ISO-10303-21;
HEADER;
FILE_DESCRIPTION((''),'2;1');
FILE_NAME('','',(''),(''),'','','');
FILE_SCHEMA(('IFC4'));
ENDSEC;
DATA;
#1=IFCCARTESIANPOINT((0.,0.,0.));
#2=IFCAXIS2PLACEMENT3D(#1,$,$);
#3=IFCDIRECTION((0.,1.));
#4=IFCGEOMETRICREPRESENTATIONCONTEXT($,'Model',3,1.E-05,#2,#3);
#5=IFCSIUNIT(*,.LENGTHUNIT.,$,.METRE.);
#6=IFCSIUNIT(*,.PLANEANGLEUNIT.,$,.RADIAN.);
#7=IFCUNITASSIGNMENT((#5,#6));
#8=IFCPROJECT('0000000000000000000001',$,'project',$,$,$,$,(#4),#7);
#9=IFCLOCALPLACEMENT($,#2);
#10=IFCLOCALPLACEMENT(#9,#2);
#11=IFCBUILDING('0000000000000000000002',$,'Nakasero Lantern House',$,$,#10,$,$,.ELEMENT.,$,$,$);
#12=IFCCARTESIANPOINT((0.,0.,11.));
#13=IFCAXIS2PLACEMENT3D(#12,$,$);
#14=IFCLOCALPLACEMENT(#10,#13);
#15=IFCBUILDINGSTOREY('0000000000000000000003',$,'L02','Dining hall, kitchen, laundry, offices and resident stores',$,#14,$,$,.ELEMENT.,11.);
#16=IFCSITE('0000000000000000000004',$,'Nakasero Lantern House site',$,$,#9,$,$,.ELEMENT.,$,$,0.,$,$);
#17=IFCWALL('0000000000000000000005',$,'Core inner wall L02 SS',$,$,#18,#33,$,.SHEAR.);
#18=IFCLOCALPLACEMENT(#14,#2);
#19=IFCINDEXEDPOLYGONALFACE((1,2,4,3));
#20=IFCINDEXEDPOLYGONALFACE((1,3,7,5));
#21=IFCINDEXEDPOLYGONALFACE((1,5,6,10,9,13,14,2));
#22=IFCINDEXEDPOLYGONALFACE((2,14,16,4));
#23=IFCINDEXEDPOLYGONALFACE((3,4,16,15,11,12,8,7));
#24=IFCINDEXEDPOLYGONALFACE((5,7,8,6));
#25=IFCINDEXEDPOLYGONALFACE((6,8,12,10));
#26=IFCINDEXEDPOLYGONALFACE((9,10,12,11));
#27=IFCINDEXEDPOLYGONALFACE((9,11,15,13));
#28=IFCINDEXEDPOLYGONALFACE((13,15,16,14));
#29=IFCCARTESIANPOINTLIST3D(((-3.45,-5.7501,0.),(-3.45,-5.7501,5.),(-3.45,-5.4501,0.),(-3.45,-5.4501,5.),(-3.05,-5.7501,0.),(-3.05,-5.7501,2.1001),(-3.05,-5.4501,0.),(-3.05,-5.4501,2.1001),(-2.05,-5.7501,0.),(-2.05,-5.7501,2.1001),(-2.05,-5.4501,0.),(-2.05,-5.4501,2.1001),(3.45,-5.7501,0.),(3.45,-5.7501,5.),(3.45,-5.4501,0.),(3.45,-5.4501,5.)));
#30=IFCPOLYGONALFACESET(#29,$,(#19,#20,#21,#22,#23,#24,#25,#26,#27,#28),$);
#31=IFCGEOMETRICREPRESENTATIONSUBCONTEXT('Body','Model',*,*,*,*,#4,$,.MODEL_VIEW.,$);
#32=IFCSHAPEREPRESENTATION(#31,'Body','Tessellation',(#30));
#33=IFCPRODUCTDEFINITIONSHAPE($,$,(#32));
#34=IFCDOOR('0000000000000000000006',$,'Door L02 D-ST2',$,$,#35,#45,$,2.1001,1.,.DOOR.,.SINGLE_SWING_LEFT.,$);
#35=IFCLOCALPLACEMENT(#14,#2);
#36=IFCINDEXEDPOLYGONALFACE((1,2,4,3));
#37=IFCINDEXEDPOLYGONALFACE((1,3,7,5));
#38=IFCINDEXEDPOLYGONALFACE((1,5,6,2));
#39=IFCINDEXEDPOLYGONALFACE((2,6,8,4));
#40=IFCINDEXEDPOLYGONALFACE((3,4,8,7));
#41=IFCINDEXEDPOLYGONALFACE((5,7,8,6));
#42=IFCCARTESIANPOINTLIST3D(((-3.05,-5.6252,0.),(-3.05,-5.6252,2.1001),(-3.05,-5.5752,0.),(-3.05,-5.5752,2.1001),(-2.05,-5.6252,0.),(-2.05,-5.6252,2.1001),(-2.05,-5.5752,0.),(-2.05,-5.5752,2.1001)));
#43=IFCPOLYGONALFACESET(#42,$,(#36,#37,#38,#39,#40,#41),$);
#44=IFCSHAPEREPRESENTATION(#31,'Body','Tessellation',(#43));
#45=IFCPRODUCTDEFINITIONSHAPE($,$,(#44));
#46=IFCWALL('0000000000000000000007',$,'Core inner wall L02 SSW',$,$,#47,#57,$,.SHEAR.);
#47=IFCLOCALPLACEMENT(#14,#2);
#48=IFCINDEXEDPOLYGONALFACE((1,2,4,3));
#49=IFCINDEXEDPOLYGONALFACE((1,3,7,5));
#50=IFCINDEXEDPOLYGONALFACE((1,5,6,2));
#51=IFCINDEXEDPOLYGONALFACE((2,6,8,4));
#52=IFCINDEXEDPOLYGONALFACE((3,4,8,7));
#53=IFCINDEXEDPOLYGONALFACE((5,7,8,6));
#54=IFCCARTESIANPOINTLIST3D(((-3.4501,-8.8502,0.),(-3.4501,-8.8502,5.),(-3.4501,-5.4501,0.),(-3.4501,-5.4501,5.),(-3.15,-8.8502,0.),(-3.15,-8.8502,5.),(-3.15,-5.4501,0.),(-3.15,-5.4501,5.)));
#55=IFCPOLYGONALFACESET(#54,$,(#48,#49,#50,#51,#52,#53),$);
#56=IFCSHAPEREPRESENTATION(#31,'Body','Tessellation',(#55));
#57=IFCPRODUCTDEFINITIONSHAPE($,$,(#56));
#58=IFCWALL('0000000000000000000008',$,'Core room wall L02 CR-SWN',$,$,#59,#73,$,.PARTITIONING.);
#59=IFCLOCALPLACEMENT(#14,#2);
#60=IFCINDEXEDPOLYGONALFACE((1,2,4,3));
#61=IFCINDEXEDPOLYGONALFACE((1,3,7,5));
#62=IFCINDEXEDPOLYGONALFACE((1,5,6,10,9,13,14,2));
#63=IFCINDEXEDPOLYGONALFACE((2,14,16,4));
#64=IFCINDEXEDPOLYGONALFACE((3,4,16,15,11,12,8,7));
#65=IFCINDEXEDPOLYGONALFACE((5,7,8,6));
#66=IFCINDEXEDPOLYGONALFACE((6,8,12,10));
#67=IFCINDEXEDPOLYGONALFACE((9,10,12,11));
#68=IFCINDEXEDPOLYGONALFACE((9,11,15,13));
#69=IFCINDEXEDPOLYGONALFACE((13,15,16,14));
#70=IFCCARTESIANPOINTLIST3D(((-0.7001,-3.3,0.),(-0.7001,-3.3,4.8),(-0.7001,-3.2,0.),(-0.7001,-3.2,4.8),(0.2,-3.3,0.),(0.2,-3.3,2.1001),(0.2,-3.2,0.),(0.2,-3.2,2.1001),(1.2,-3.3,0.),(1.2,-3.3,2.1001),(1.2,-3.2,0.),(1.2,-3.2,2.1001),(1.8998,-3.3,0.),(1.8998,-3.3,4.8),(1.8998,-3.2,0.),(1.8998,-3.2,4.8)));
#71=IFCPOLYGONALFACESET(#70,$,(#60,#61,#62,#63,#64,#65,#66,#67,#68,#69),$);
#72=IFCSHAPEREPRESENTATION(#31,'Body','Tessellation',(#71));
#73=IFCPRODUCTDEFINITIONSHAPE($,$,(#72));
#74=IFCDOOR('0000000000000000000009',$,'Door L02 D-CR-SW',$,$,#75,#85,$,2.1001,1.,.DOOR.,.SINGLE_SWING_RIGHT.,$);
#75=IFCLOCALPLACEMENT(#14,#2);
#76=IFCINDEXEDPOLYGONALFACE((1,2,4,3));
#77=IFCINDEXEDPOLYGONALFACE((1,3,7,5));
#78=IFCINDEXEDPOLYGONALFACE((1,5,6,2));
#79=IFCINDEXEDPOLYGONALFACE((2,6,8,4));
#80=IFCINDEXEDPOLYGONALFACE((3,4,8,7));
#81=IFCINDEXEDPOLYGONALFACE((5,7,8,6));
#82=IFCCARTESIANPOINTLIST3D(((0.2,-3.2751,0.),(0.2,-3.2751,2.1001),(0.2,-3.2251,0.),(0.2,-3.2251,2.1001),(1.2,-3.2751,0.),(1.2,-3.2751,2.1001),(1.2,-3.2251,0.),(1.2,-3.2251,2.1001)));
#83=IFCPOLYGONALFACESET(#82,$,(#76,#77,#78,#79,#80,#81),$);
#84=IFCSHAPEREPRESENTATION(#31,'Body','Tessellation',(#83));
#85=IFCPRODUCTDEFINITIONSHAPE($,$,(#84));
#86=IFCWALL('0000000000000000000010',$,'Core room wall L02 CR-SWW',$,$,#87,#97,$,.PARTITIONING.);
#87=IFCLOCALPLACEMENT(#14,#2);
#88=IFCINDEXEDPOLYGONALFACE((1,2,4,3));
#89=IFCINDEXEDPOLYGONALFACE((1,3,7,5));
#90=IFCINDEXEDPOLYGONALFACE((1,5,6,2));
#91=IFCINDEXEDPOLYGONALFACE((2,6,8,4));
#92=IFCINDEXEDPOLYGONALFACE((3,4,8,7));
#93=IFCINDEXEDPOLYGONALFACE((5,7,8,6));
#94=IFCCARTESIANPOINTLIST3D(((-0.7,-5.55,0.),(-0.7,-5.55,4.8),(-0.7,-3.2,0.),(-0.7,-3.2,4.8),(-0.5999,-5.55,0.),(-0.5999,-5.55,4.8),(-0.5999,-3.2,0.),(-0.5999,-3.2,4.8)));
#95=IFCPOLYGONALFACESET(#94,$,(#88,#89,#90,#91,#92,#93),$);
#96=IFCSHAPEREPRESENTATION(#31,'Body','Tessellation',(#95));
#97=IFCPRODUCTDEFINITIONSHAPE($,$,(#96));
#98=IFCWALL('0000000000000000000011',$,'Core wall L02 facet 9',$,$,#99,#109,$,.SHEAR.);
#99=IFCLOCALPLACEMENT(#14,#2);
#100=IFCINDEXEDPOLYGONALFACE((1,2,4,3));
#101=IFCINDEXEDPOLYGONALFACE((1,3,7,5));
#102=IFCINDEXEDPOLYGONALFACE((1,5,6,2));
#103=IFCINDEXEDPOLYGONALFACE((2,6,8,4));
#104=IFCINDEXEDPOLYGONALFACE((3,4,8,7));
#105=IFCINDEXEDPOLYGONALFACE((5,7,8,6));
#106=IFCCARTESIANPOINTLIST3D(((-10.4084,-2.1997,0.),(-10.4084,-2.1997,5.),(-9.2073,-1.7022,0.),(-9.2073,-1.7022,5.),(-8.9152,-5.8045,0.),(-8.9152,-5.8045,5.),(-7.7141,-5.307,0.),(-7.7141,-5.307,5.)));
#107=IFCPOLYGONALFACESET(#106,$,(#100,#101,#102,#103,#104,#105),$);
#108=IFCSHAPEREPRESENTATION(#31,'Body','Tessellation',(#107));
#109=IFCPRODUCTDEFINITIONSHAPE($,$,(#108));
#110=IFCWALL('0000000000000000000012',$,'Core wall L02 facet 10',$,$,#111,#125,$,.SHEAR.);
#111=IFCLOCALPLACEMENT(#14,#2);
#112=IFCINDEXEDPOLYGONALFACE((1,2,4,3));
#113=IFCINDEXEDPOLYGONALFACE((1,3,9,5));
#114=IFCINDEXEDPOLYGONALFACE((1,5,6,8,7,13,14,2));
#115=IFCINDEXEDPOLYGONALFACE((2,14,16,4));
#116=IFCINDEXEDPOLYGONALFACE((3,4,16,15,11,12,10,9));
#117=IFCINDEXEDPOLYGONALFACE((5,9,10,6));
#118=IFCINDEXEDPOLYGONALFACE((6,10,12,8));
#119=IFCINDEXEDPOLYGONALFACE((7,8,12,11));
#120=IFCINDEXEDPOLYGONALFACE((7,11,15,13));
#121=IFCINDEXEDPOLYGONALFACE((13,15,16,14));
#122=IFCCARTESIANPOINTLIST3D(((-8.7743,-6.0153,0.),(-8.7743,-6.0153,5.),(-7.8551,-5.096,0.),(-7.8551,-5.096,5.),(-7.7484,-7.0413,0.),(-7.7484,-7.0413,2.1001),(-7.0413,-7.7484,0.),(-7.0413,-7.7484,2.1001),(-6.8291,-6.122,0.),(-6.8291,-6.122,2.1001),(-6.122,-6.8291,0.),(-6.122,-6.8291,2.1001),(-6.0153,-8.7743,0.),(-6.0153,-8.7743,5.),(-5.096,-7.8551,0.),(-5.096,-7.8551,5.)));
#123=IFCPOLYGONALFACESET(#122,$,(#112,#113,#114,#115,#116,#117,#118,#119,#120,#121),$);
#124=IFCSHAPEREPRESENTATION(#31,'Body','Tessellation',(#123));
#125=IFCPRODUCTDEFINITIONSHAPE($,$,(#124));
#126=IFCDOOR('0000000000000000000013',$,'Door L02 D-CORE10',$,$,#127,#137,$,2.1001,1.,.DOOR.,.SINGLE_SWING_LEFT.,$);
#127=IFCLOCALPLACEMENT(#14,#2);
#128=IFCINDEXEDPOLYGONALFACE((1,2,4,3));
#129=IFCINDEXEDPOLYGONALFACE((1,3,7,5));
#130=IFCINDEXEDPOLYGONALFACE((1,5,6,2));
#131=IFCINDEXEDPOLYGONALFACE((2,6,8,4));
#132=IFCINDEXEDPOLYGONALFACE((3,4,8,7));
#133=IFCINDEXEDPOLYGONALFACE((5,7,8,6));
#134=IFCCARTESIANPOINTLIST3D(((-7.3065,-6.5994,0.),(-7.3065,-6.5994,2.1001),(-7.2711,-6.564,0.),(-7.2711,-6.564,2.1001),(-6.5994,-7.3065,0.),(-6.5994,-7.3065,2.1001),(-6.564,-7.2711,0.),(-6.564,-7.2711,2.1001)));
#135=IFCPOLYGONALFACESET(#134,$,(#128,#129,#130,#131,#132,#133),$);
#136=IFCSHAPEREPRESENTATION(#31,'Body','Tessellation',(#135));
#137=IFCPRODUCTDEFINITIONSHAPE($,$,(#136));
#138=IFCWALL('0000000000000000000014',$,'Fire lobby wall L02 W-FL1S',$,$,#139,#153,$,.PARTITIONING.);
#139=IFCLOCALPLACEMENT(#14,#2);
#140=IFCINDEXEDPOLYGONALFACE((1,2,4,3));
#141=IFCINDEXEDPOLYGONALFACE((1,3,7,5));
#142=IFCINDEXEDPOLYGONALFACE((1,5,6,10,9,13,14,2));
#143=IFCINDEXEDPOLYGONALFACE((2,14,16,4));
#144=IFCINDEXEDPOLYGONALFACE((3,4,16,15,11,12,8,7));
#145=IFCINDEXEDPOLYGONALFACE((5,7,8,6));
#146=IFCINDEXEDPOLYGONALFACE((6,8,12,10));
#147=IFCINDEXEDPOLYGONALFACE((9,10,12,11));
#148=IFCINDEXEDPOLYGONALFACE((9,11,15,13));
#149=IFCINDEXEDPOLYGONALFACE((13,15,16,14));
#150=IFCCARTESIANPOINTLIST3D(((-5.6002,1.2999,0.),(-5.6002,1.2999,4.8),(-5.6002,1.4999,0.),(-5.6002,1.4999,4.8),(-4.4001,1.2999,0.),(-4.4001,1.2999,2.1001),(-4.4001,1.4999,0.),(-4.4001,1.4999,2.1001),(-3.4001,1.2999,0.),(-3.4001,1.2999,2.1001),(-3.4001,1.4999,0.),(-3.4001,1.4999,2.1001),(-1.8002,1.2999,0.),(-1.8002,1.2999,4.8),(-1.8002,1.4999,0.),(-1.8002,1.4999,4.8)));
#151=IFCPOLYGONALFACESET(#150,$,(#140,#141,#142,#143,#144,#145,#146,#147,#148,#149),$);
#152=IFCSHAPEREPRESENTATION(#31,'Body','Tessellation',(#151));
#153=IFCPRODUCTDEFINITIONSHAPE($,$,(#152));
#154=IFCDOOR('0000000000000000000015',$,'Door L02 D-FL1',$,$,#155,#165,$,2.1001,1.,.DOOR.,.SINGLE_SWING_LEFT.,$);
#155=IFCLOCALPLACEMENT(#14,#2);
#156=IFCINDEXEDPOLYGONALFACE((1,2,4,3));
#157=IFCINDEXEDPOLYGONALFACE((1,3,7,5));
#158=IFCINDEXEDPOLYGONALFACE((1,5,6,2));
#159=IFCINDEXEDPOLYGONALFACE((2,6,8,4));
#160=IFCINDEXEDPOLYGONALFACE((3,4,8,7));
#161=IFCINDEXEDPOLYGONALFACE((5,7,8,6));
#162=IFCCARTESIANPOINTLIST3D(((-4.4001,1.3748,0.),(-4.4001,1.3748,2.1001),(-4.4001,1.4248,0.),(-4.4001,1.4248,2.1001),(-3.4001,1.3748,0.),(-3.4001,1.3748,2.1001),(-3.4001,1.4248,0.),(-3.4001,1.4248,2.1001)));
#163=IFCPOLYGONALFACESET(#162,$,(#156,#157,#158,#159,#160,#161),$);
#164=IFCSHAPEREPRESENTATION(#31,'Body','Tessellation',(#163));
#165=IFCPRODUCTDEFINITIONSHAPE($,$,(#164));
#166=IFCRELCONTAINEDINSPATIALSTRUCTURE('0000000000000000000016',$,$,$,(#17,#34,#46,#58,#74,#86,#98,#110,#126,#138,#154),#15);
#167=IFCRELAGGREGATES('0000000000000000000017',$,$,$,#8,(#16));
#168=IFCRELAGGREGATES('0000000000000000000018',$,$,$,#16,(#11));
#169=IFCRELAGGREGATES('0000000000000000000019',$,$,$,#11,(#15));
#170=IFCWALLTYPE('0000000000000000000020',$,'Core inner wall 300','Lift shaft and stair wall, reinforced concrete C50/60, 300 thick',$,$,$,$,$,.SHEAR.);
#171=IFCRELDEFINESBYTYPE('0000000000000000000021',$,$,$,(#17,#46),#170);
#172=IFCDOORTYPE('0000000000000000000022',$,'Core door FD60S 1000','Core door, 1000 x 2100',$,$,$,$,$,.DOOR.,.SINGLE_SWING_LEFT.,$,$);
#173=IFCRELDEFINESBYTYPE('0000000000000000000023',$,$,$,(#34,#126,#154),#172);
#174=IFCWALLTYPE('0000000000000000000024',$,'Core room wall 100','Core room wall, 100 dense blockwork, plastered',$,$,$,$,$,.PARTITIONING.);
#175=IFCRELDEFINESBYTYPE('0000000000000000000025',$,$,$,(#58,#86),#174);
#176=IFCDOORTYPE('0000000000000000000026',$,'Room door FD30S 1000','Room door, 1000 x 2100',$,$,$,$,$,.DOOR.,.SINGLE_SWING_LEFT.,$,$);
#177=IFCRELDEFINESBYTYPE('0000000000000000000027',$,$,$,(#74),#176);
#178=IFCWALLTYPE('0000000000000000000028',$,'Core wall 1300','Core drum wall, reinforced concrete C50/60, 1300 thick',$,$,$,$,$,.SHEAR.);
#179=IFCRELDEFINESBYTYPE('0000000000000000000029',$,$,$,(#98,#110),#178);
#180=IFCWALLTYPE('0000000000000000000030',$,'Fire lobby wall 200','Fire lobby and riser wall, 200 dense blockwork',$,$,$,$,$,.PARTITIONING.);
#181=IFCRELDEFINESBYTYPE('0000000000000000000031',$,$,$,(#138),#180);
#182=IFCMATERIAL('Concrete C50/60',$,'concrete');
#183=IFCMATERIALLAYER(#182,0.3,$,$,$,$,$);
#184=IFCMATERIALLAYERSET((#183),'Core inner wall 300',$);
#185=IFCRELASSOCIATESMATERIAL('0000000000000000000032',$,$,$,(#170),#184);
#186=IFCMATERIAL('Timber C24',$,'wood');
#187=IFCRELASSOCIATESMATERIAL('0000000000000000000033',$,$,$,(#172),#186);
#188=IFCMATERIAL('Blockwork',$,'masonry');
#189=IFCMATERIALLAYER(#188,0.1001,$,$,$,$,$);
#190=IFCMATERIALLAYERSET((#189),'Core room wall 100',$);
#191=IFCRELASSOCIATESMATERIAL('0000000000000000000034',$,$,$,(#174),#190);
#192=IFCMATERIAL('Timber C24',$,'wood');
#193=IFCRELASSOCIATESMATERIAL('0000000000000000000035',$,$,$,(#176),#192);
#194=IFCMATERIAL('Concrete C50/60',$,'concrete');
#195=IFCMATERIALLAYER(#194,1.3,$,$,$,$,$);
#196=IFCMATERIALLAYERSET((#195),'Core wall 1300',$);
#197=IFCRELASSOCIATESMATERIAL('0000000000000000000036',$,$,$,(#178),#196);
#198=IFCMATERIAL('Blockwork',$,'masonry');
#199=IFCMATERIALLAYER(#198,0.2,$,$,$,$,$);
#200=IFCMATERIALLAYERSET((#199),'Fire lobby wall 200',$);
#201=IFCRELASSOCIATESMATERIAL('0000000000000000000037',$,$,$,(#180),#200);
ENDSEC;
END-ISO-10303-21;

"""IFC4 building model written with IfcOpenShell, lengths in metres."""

from ifc_helpers import new_model, si_unit, direction, frame, frame_2d, origin, place, context, subcontext, project, spatial, rectangle, extrude, material, layer, layer_set, type_object, element, fill, save


model = new_model("IFC4")

# Units and contexts
model_context = context("Model", 3, precision=1e-05, world=origin(), true_north=direction((0.0, 1.0)))
body_context = subcontext(model_context, "Body", "Model", "MODEL_VIEW")
ifc_project = project(units=[si_unit("LENGTHUNIT", "METRE"), si_unit("PLANEANGLEUNIT", "RADIAN")], contexts=[model_context])

# Site, building, storey
site_placement = place(None, origin())
site = spatial("IfcSite", under=ifc_project, at=site_placement, Name="Nakasero Lantern House site", CompositionType="ELEMENT", RefElevation=0.0)
building_placement = place(site_placement, origin())
building = spatial("IfcBuilding", under=site, at=building_placement, Name="Nakasero Lantern House", CompositionType="ELEMENT")
storey_placement = place(building_placement, frame((0.0, 0.0, 11.0)))
storey = spatial("IfcBuildingStorey", under=building, at=storey_placement, Name="L02", Description="Dining hall, kitchen, laundry, offices and resident stores", CompositionType="ELEMENT", Elevation=11.0)

# Shared definitions
ifc_material_1 = material(Name="Concrete C50/60", Category="concrete")
ifc_layer_1 = layer(ifc_material_1, 0.3)
ifc_layer_set_1 = layer_set([ifc_layer_1], Name="Core inner wall 300")
wall_type_1 = type_object("IfcWallType", Name="Core inner wall 300", Description="Lift shaft and stair wall, reinforced concrete C50/60, 300 thick", PredefinedType="SHEAR", material=ifc_layer_set_1)

# Wall, opening, door
wall_1_placement = place(storey_placement, frame((-3.45, -5.6001, 0.0), z_axis=(0.0, 0.0, 1.0), x_axis=(1.0, 0.0, 0.0)))
wall_1 = element("IfcWall", 1, at=wall_1_placement, inside=storey, type_object=wall_type_1, Name="Core inner wall L02 SS", PredefinedType="SHEAR", context=body_context, shape_type="SweptSolid", body=[
    extrude(rectangle(XDim=6.8999, YDim=0.3, at=frame_2d((3.45, 0.0))), origin(), (0.0, 0.0, 1.0), 5.0),
])
opening_1_placement = place(wall_1_placement, frame((0.3999, 0.0, 0.0)))
opening_1 = element("IfcOpeningElement", 2, at=opening_1_placement, cuts=wall_1, PredefinedType="OPENING", context=body_context, shape_type="SweptSolid", body=[
    extrude(rectangle(XDim=1.0, YDim=2.1001, at=frame_2d((0.5, 1.05))), frame((0.0, 0.1699, 0.0), z_axis=(0.0, -1.0, 0.0), x_axis=(1.0, 0.0, 0.0)), (0.0, 0.0, 1.0), 0.3401),
])
ifc_material_2 = material(Name="Timber C24", Category="wood")
door_type_1 = type_object("IfcDoorType", Name="Core door FD60S 1000", Description="Core door, 1000 x 2100", OperationType="SINGLE_SWING_LEFT", PredefinedType="DOOR", material=ifc_material_2)
door_1_placement = place(opening_1_placement, origin())
door_1 = element("IfcDoor", 3, at=door_1_placement, inside=storey, type_object=door_type_1, Name="Door L02 D-ST2", OperationType="SINGLE_SWING_LEFT", OverallHeight=2.1001, OverallWidth=1.0, PredefinedType="DOOR", context=body_context, shape_type="SweptSolid", body=[
    extrude(rectangle(XDim=1.0, YDim=2.1001, at=frame_2d((0.5, 1.05))), frame((0.0, 0.0249, 0.0), z_axis=(0.0, -1.0, 0.0), x_axis=(1.0, 0.0, 0.0)), (0.0, 0.0, 1.0), 0.05),
])
fill(opening_1, door_1)

# Wall
wall_2_placement = place(storey_placement, frame((-3.3, -5.45, 0.0), z_axis=(0.0, 0.0, 1.0), x_axis=(0.0, -1.0, 0.0)))
element("IfcWall", 4, at=wall_2_placement, inside=storey, type_object=wall_type_1, Name="Core inner wall L02 SSW", PredefinedType="SHEAR", context=body_context, shape_type="SweptSolid", body=[
    extrude(rectangle(XDim=3.4001, YDim=0.3, at=frame_2d((1.7002, 0.0))), origin(), (0.0, 0.0, 1.0), 5.0),
])

# Wall, opening, door
ifc_material_3 = material(Name="Blockwork", Category="masonry")
ifc_layer_2 = layer(ifc_material_3, 0.1001)
ifc_layer_set_2 = layer_set([ifc_layer_2], Name="Core room wall 100")
wall_type_2 = type_object("IfcWallType", Name="Core room wall 100", Description="Core room wall, 100 dense blockwork, plastered", PredefinedType="PARTITIONING", material=ifc_layer_set_2)
wall_3_placement = place(storey_placement, frame((-0.7, -3.25, 0.0), z_axis=(0.0, 0.0, 1.0), x_axis=(1.0, 0.0, 0.0)))
wall_3 = element("IfcWall", 5, at=wall_3_placement, inside=storey, type_object=wall_type_2, Name="Core room wall L02 CR-SWN", PredefinedType="PARTITIONING", context=body_context, shape_type="SweptSolid", body=[
    extrude(rectangle(XDim=2.5999, YDim=0.1001, at=frame_2d((1.2998, 0.0))), origin(), (0.0, 0.0, 1.0), 4.8),
])
opening_2_placement = place(wall_3_placement, frame((0.8999, 0.0, 0.0)))
opening_2 = element("IfcOpeningElement", 6, at=opening_2_placement, cuts=wall_3, PredefinedType="OPENING", context=body_context, shape_type="SweptSolid", body=[
    extrude(rectangle(XDim=1.0, YDim=2.1001, at=frame_2d((0.5, 1.05))), frame((0.0, 0.0701, 0.0), z_axis=(0.0, -1.0, 0.0), x_axis=(1.0, 0.0, 0.0)), (0.0, 0.0, 1.0), 0.1401),
])
ifc_material_4 = material(Name="Timber C24", Category="wood")
door_type_2 = type_object("IfcDoorType", Name="Room door FD30S 1000", Description="Room door, 1000 x 2100", OperationType="SINGLE_SWING_LEFT", PredefinedType="DOOR", material=ifc_material_4)
door_2_placement = place(opening_2_placement, origin())
door_2 = element("IfcDoor", 7, at=door_2_placement, inside=storey, type_object=door_type_2, Name="Door L02 D-CR-SW", OperationType="SINGLE_SWING_RIGHT", OverallHeight=2.1001, OverallWidth=1.0, PredefinedType="DOOR", context=body_context, shape_type="SweptSolid", body=[
    extrude(rectangle(XDim=1.0, YDim=2.1001, at=frame_2d((0.5, 1.05))), frame((0.0, 0.0249, 0.0), z_axis=(0.0, -1.0, 0.0), x_axis=(1.0, 0.0, 0.0)), (0.0, 0.0, 1.0), 0.05),
])
fill(opening_2, door_2)

# Walls
wall_4_placement = place(storey_placement, frame((-0.6499, -5.55, 0.0), z_axis=(0.0, 0.0, 1.0), x_axis=(0.0, 1.0, 0.0)))
element("IfcWall", 8, at=wall_4_placement, inside=storey, type_object=wall_type_2, Name="Core room wall L02 CR-SWW", PredefinedType="PARTITIONING", context=body_context, shape_type="SweptSolid", body=[
    extrude(rectangle(XDim=2.3501, YDim=0.1001, at=frame_2d((1.175, 0.0))), origin(), (0.0, 0.0, 1.0), 4.8),
])
ifc_material_5 = material(Name="Concrete C50/60", Category="concrete")
ifc_layer_3 = layer(ifc_material_5, 1.3)
ifc_layer_set_3 = layer_set([ifc_layer_3], Name="Core wall 1300")
wall_type_3 = type_object("IfcWallType", Name="Core wall 1300", Description="Core drum wall, reinforced concrete C50/60, 1300 thick", PredefinedType="SHEAR", material=ifc_layer_set_3)
wall_5_placement = place(storey_placement, frame((-9.8079, -1.9509, 0.0), z_axis=(0.0, 0.0, 1.0), x_axis=(0.382691, -0.923877, 0.0)))
element("IfcWall", 9, at=wall_5_placement, inside=storey, type_object=wall_type_3, Name="Core wall L02 facet 9", PredefinedType="SHEAR", context=body_context, shape_type="SweptSolid", body=[
    extrude(rectangle(XDim=3.9019, YDim=1.3, at=frame_2d((1.9509, 0.0))), origin(), (0.0, 0.0, 1.0), 5.0),
])

# Walls, openings, doors
wall_6_placement = place(storey_placement, frame((-8.3147, -5.5557, 0.0), z_axis=(0.0, 0.0, 1.0), x_axis=(0.707107, -0.707107, 0.0)))
wall_6 = element("IfcWall", 10, at=wall_6_placement, inside=storey, type_object=wall_type_3, Name="Core wall L02 facet 10", PredefinedType="SHEAR", context=body_context, shape_type="SweptSolid", body=[
    extrude(rectangle(XDim=3.9019, YDim=1.3, at=frame_2d((1.9509, 0.0))), origin(), (0.0, 0.0, 1.0), 5.0),
])
opening_3_placement = place(wall_6_placement, frame((1.4509, 0.0, 0.0)))
opening_3 = element("IfcOpeningElement", 11, at=opening_3_placement, cuts=wall_6, PredefinedType="OPENING", context=body_context, shape_type="SweptSolid", body=[
    extrude(rectangle(XDim=1.0, YDim=2.1001, at=frame_2d((0.5, 1.05))), frame((0.0, 0.6699, 0.0), z_axis=(0.0, -1.0, 0.0), x_axis=(1.0, 0.0, 0.0)), (0.0, 0.0, 1.0), 1.3401),
])
door_3_placement = place(opening_3_placement, origin())
door_3 = element("IfcDoor", 12, at=door_3_placement, inside=storey, type_object=door_type_1, Name="Door L02 D-CORE10", OperationType="SINGLE_SWING_LEFT", OverallHeight=2.1001, OverallWidth=1.0, PredefinedType="DOOR", context=body_context, shape_type="SweptSolid", body=[
    extrude(rectangle(XDim=1.0, YDim=2.1001, at=frame_2d((0.5, 1.05))), frame((0.0, 0.0249, 0.0), z_axis=(0.0, -1.0, 0.0), x_axis=(1.0, 0.0, 0.0)), (0.0, 0.0, 1.0), 0.05),
])
fill(opening_3, door_3)
ifc_material_6 = material(Name="Blockwork", Category="masonry")
ifc_layer_4 = layer(ifc_material_6, 0.2)
ifc_layer_set_4 = layer_set([ifc_layer_4], Name="Fire lobby wall 200")
wall_type_4 = type_object("IfcWallType", Name="Fire lobby wall 200", Description="Fire lobby and riser wall, 200 dense blockwork", PredefinedType="PARTITIONING", material=ifc_layer_set_4)
wall_7_placement = place(storey_placement, frame((-5.6001, 1.3999, 0.0), z_axis=(0.0, 0.0, 1.0), x_axis=(1.0, 0.0, 0.0)))
wall_7 = element("IfcWall", 13, at=wall_7_placement, inside=storey, type_object=wall_type_4, Name="Fire lobby wall L02 W-FL1S", PredefinedType="PARTITIONING", context=body_context, shape_type="SweptSolid", body=[
    extrude(rectangle(XDim=3.8, YDim=0.2, at=frame_2d((1.8999, 0.0))), origin(), (0.0, 0.0, 1.0), 4.8),
])
opening_4_placement = place(wall_7_placement, frame((1.2, 0.0, 0.0)))
opening_4 = element("IfcOpeningElement", 14, at=opening_4_placement, cuts=wall_7, PredefinedType="OPENING", context=body_context, shape_type="SweptSolid", body=[
    extrude(rectangle(XDim=1.0, YDim=2.1001, at=frame_2d((0.5, 1.05))), frame((0.0, 0.1199, 0.0), z_axis=(0.0, -1.0, 0.0), x_axis=(1.0, 0.0, 0.0)), (0.0, 0.0, 1.0), 0.24),
])
door_4_placement = place(opening_4_placement, origin())
door_4 = element("IfcDoor", 15, at=door_4_placement, inside=storey, type_object=door_type_1, Name="Door L02 D-FL1", OperationType="SINGLE_SWING_LEFT", OverallHeight=2.1001, OverallWidth=1.0, PredefinedType="DOOR", context=body_context, shape_type="SweptSolid", body=[
    extrude(rectangle(XDim=1.0, YDim=2.1001, at=frame_2d((0.5, 1.05))), frame((0.0, 0.0249, 0.0), z_axis=(0.0, -1.0, 0.0), x_axis=(1.0, 0.0, 0.0)), (0.0, 0.0, 1.0), 0.05),
])
fill(opening_4, door_4)

save(model, "model.ifc")
